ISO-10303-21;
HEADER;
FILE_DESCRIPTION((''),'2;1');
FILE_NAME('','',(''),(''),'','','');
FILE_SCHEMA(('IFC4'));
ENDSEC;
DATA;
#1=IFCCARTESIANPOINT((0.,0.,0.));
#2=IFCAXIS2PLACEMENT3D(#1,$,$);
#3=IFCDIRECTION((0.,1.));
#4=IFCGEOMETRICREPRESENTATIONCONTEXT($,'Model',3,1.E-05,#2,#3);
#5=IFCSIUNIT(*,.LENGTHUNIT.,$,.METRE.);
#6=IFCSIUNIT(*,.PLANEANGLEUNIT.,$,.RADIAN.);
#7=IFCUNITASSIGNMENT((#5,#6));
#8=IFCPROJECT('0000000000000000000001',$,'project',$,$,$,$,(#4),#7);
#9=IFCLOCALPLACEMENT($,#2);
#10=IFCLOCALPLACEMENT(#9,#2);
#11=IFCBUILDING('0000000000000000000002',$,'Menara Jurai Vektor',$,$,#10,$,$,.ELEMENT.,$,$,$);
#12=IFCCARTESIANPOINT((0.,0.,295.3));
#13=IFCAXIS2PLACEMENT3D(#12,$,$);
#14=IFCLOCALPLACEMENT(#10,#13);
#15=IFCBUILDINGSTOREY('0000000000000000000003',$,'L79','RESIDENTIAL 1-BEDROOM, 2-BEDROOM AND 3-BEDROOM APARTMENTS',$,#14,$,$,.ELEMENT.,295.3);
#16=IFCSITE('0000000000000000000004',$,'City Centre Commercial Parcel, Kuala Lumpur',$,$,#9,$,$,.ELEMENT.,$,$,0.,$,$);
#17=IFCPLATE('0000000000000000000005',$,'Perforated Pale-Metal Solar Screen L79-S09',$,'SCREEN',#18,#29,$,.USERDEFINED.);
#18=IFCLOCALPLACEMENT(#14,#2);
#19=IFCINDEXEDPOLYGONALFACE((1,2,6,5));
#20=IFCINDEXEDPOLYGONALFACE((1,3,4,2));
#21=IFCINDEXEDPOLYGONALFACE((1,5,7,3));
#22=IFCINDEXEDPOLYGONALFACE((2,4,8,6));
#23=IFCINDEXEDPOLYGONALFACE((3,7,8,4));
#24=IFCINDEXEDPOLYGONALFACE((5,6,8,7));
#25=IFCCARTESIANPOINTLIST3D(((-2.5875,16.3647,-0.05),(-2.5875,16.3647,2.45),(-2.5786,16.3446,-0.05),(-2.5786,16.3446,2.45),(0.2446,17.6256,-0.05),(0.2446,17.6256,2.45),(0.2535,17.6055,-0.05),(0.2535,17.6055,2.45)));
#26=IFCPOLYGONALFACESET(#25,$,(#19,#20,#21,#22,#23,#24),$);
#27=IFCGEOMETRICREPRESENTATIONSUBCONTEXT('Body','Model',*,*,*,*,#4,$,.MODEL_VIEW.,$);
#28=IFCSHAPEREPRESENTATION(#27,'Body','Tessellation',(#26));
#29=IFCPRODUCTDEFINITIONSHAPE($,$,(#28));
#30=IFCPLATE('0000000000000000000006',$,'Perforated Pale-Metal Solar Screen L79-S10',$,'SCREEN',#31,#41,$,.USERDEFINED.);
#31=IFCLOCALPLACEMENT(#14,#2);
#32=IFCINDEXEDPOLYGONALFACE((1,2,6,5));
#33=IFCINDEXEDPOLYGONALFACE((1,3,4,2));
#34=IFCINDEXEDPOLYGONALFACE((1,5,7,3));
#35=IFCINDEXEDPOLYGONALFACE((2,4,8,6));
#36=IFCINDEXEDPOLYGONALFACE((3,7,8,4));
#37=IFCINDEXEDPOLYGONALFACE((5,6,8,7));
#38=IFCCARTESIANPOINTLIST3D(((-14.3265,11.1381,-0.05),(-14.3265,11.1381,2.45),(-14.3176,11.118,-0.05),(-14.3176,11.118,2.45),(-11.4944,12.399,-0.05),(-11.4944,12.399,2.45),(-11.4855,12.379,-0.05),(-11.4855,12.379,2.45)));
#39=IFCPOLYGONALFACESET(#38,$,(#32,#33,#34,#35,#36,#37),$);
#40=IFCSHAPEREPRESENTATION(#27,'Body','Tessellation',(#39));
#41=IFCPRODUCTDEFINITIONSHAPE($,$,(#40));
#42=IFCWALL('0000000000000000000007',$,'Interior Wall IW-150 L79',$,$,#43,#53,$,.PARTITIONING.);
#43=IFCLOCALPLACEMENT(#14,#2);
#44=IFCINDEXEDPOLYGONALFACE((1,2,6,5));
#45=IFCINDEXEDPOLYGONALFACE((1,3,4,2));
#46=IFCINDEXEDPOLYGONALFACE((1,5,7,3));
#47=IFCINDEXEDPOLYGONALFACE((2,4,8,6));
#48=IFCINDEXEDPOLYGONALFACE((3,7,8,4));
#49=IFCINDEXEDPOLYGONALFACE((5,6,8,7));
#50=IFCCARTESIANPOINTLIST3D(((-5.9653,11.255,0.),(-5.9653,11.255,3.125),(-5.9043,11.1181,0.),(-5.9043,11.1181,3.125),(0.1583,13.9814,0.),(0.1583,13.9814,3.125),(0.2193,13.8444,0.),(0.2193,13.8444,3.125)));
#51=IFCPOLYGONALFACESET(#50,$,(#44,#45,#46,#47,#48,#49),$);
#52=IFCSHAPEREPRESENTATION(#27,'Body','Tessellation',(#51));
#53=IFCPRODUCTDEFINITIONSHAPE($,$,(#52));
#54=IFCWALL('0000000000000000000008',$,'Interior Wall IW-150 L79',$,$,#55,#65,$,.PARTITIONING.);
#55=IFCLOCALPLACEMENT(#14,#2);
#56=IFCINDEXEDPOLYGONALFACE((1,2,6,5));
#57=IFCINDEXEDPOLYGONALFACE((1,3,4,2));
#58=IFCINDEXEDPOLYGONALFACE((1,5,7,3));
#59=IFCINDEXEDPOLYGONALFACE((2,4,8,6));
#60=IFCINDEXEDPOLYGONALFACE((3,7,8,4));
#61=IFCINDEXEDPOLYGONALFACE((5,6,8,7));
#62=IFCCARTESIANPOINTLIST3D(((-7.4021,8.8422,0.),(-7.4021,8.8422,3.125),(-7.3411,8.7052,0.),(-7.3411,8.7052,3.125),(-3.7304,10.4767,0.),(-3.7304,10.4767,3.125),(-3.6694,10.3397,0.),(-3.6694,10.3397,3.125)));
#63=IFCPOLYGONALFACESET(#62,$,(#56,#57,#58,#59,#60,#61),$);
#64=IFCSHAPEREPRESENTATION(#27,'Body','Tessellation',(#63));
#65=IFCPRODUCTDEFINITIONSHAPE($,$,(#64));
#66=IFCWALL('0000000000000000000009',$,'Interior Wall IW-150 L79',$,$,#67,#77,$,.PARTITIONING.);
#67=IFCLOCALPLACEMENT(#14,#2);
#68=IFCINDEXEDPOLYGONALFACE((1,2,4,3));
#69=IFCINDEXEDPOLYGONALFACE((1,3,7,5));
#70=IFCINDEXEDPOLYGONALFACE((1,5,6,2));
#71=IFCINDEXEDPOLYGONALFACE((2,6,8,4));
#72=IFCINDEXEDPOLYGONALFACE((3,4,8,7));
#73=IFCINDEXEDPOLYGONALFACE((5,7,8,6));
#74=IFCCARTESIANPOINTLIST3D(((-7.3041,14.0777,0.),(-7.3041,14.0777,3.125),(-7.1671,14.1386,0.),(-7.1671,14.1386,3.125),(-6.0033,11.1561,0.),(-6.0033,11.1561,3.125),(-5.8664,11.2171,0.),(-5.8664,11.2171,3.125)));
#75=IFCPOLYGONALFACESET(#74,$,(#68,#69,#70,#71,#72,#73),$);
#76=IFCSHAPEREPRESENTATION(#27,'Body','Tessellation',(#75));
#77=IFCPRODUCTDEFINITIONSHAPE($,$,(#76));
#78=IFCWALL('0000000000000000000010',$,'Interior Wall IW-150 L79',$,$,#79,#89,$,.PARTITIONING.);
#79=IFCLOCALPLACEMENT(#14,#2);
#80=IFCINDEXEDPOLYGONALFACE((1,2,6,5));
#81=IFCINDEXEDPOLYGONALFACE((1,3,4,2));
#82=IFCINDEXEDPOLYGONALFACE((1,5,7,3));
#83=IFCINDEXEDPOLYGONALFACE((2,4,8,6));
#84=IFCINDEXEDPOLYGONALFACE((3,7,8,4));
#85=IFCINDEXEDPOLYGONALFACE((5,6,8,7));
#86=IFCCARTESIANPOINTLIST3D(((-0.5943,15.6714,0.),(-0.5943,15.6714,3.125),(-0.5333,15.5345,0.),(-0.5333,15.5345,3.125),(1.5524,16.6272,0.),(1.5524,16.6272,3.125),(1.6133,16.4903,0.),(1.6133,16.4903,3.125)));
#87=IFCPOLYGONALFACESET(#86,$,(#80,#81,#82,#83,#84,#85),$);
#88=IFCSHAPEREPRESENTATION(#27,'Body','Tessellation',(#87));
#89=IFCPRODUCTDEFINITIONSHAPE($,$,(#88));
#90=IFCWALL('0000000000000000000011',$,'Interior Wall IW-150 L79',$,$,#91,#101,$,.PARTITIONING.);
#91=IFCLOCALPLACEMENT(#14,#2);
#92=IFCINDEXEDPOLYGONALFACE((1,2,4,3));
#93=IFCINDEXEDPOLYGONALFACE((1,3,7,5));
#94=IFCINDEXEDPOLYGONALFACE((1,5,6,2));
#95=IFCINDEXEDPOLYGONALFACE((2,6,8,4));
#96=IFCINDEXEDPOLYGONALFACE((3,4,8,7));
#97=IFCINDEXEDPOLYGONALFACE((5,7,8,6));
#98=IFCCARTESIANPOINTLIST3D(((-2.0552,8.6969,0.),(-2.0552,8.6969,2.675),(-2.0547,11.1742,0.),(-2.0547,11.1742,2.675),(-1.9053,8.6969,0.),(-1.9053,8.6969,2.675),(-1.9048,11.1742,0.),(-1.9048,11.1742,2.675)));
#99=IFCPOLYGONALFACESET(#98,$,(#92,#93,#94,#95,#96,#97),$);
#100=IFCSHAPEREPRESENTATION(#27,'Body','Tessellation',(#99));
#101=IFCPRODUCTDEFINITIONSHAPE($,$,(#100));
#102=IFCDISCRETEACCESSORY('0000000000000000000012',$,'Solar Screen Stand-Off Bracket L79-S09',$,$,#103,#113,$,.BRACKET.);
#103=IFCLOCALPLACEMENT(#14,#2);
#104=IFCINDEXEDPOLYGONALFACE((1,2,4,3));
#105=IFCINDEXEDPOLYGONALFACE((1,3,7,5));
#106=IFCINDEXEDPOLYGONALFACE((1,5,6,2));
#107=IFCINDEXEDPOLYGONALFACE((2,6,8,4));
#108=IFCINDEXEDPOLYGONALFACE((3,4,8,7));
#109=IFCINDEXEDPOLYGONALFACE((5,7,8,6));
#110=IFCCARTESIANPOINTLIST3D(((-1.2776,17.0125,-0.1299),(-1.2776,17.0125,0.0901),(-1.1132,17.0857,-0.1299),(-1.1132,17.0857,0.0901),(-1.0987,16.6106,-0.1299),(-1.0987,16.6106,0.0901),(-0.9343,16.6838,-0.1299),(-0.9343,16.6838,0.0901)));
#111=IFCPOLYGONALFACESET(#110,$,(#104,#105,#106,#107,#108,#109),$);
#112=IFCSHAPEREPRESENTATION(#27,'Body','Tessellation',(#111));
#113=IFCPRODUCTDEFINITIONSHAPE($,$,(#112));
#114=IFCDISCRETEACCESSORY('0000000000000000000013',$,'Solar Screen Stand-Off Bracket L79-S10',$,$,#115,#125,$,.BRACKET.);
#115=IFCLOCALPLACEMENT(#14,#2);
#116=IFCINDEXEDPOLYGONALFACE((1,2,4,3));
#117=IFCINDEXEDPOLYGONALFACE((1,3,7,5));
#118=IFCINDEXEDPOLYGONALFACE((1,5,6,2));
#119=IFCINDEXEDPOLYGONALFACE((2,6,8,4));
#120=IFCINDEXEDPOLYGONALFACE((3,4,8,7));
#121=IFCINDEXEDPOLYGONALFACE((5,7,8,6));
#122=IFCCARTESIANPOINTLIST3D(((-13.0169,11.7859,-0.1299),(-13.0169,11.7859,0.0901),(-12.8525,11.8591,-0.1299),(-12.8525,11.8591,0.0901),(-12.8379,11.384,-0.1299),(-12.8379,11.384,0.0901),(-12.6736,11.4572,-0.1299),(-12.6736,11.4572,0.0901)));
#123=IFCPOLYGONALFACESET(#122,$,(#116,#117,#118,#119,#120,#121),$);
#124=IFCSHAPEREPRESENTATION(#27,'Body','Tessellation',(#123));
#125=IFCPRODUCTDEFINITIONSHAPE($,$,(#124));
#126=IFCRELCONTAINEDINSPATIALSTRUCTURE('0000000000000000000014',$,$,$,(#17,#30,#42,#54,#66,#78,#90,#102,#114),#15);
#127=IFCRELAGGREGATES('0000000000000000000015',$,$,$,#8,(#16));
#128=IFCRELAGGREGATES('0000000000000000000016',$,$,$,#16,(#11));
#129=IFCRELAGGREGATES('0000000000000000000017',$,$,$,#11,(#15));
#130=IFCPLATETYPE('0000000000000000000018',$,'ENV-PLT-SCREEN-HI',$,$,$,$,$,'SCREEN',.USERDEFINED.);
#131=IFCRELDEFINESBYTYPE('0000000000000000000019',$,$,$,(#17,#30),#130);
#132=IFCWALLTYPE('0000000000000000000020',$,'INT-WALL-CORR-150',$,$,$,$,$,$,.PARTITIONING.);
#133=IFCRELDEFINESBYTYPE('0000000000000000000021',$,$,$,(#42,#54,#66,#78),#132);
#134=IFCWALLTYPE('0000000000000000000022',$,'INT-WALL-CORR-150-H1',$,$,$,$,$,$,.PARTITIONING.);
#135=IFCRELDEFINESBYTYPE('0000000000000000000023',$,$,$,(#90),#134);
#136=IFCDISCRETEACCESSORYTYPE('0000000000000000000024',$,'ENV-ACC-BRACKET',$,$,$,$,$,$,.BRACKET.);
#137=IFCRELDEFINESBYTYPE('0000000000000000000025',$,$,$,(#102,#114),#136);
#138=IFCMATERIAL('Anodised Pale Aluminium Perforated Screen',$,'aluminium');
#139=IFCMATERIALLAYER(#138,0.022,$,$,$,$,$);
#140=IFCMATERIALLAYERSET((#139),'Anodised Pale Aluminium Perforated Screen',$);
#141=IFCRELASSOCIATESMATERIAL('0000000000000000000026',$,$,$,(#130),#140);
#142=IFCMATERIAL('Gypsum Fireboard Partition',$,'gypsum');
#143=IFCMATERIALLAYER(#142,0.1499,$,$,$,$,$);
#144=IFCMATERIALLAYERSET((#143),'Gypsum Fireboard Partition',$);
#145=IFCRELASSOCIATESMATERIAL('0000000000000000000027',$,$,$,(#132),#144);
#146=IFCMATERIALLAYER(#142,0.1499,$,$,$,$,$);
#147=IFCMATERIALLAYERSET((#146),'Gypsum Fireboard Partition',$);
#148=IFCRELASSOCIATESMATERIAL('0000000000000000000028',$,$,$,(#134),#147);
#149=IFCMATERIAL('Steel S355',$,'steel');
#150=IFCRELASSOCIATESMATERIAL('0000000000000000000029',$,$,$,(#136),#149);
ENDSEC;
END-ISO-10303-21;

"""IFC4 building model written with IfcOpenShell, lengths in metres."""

from ifc_helpers import new_model, si_unit, direction, frame, frame_2d, origin, origin_2d, place, context, subcontext, project, spatial, rectangle, extrude, material, layer, layer_set, type_object, element, save


model = new_model("IFC4")

# Units and contexts
model_context = context("Model", 3, precision=1e-05, world=origin(), true_north=direction((0.0, 1.0)))
body_context = subcontext(model_context, "Body", "Model", "MODEL_VIEW")
ifc_project = project(units=[si_unit("LENGTHUNIT", "METRE"), si_unit("PLANEANGLEUNIT", "RADIAN")], contexts=[model_context])

# Site, building, storey
site_placement = place(None, origin())
site = spatial("IfcSite", under=ifc_project, at=site_placement, Name="City Centre Commercial Parcel, Kuala Lumpur", CompositionType="ELEMENT", RefElevation=0.0)
building_placement = place(site_placement, origin())
building = spatial("IfcBuilding", under=site, at=building_placement, Name="Menara Jurai Vektor", CompositionType="ELEMENT")
storey_placement = place(building_placement, frame((0.0, 0.0, 295.3)))
storey = spatial("IfcBuildingStorey", under=building, at=storey_placement, Name="L79", Description="RESIDENTIAL 1-BEDROOM, 2-BEDROOM AND 3-BEDROOM APARTMENTS", CompositionType="ELEMENT", Elevation=295.3)

# Shared definitions
ifc_material_1 = material(Name="Steel S355", Category="steel")

# Plates
ifc_material_2 = material(Name="Anodised Pale Aluminium Perforated Screen", Category="aluminium")
ifc_layer_1 = layer(ifc_material_2, 0.022)
ifc_layer_set_1 = layer_set([ifc_layer_1], Name="Anodised Pale Aluminium Perforated Screen")
plate_type_1 = type_object("IfcPlateType", Name="ENV-PLT-SCREEN-HI", ElementType="SCREEN", PredefinedType="USERDEFINED", material=ifc_layer_set_1)
for number, where, z_axis, x_axis, name in (
    (1, (-1.167, 16.9851, -0.05), (0.0, 0.0, 1.0), (-0.913545, -0.406737, 0.0), "Perforated Pale-Metal Solar Screen L79-S09"),
    (2, (-12.906, 11.7585, -0.05), (0.0, 0.0, 1.0), (-0.913545, -0.406737, 0.0), "Perforated Pale-Metal Solar Screen L79-S10"),
):
    element("IfcPlate", number, at=place(storey_placement, frame(where, z_axis=z_axis, x_axis=x_axis)), inside=storey, type_object=plate_type_1, Name=name, ObjectType="SCREEN", PredefinedType="USERDEFINED", context=body_context, shape_type="SweptSolid", body=[
        extrude(rectangle(XDim=3.1001, YDim=0.022, at=origin_2d()), origin(), (0.0, 0.0, 1.0), 2.5),
    ])

# Wall
ifc_material_3 = material(Name="Gypsum Fireboard Partition", Category="gypsum")
ifc_layer_2 = layer(ifc_material_3, 0.1499)
ifc_layer_set_2 = layer_set([ifc_layer_2], Name="Gypsum Fireboard Partition")
wall_type_1 = type_object("IfcWallType", Name="INT-WALL-CORR-150", PredefinedType="PARTITIONING", material=ifc_layer_set_2)
wall_1_placement = place(storey_placement, frame((-5.9348, 11.1865, 0.0), z_axis=(0.0, 0.0, 1.0), x_axis=(0.913549, 0.40673, 0.0)))
element("IfcWall", 3, at=wall_1_placement, inside=storey, type_object=wall_type_1, Name="Interior Wall IW-150 L79", PredefinedType="PARTITIONING", context=body_context, shape_type="SweptSolid", body=[
    extrude(rectangle(XDim=6.7031, YDim=0.1499, at=frame_2d((3.3516, 0.0))), origin(), (0.0, 0.0, 1.0), 3.125),
])

# Walls
wall_2_placement = place(storey_placement, frame((-7.3716, 8.7737, 0.0), z_axis=(0.0, 0.0, 1.0), x_axis=(0.913563, 0.406696, 0.0)))
element("IfcWall", 4, at=wall_2_placement, inside=storey, type_object=wall_type_1, Name="Interior Wall IW-150 L79", PredefinedType="PARTITIONING", context=body_context, shape_type="SweptSolid", body=[
    extrude(rectangle(XDim=4.019, YDim=0.1499, at=frame_2d((2.0095, 0.0))), origin(), (0.0, 0.0, 1.0), 3.125),
])
wall_3_placement = place(storey_placement, frame((-5.9348, 11.1865, 0.0), z_axis=(0.0, 0.0, 1.0), x_axis=(-0.406733, 0.913547, 0.0)))
element("IfcWall", 5, at=wall_3_placement, inside=storey, type_object=wall_type_1, Name="Interior Wall IW-150 L79", PredefinedType="PARTITIONING", context=body_context, shape_type="SweptSolid", body=[
    extrude(rectangle(XDim=3.198, YDim=0.1499, at=frame_2d((1.5991, 0.0))), origin(), (0.0, 0.0, 1.0), 3.125),
])
wall_4_placement = place(storey_placement, frame((-0.5637, 15.603, 0.0), z_axis=(0.0, 0.0, 1.0), x_axis=(0.913541, 0.406746, 0.0)))
element("IfcWall", 6, at=wall_4_placement, inside=storey, type_object=wall_type_1, Name="Interior Wall IW-150 L79", PredefinedType="PARTITIONING", context=body_context, shape_type="SweptSolid", body=[
    extrude(rectangle(XDim=2.3499, YDim=0.1499, at=frame_2d((1.1748, 0.0))), origin(), (0.0, 0.0, 1.0), 3.125),
])
ifc_layer_3 = layer(ifc_material_3, 0.1499)
ifc_layer_set_3 = layer_set([ifc_layer_3], Name="Gypsum Fireboard Partition")
wall_type_2 = type_object("IfcWallType", Name="INT-WALL-CORR-150-H1", PredefinedType="PARTITIONING", material=ifc_layer_set_3)
wall_5_placement = place(storey_placement, frame((-1.9802, 8.6968, 0.0), z_axis=(0.0, 0.0, 1.0), x_axis=(0.000197, 1.0, 0.0)))
element("IfcWall", 7, at=wall_5_placement, inside=storey, type_object=wall_type_2, Name="Interior Wall IW-150 L79", PredefinedType="PARTITIONING", context=body_context, shape_type="SweptSolid", body=[
    extrude(rectangle(XDim=2.4773, YDim=0.1499, at=frame_2d((1.2388, 0.0))), origin(), (0.0, 0.0, 1.0), 2.675),
])

# Discrete accessories
discrete_accessory_type = type_object("IfcDiscreteAccessoryType", Name="ENV-ACC-BRACKET", PredefinedType="BRACKET", material=ifc_material_1)
for number, where, z_axis, x_axis, name in (
    (8, (-1.106, 16.8481, -0.1299), (0.0, 0.0, 1.0), (-0.913545, -0.406737, 0.0), "Solar Screen Stand-Off Bracket L79-S09"),
    (9, (-12.8452, 11.6216, -0.1299), (0.0, 0.0, 1.0), (-0.913545, -0.406737, 0.0), "Solar Screen Stand-Off Bracket L79-S10"),
):
    element("IfcDiscreteAccessory", number, at=place(storey_placement, frame(where, z_axis=z_axis, x_axis=x_axis)), inside=storey, type_object=discrete_accessory_type, Name=name, PredefinedType="BRACKET", context=body_context, shape_type="SweptSolid", body=[
        extrude(rectangle(XDim=0.1799, YDim=0.4399, at=origin_2d()), origin(), (0.0, 0.0, 1.0), 0.22),
    ])

save(model, "model.ifc")
